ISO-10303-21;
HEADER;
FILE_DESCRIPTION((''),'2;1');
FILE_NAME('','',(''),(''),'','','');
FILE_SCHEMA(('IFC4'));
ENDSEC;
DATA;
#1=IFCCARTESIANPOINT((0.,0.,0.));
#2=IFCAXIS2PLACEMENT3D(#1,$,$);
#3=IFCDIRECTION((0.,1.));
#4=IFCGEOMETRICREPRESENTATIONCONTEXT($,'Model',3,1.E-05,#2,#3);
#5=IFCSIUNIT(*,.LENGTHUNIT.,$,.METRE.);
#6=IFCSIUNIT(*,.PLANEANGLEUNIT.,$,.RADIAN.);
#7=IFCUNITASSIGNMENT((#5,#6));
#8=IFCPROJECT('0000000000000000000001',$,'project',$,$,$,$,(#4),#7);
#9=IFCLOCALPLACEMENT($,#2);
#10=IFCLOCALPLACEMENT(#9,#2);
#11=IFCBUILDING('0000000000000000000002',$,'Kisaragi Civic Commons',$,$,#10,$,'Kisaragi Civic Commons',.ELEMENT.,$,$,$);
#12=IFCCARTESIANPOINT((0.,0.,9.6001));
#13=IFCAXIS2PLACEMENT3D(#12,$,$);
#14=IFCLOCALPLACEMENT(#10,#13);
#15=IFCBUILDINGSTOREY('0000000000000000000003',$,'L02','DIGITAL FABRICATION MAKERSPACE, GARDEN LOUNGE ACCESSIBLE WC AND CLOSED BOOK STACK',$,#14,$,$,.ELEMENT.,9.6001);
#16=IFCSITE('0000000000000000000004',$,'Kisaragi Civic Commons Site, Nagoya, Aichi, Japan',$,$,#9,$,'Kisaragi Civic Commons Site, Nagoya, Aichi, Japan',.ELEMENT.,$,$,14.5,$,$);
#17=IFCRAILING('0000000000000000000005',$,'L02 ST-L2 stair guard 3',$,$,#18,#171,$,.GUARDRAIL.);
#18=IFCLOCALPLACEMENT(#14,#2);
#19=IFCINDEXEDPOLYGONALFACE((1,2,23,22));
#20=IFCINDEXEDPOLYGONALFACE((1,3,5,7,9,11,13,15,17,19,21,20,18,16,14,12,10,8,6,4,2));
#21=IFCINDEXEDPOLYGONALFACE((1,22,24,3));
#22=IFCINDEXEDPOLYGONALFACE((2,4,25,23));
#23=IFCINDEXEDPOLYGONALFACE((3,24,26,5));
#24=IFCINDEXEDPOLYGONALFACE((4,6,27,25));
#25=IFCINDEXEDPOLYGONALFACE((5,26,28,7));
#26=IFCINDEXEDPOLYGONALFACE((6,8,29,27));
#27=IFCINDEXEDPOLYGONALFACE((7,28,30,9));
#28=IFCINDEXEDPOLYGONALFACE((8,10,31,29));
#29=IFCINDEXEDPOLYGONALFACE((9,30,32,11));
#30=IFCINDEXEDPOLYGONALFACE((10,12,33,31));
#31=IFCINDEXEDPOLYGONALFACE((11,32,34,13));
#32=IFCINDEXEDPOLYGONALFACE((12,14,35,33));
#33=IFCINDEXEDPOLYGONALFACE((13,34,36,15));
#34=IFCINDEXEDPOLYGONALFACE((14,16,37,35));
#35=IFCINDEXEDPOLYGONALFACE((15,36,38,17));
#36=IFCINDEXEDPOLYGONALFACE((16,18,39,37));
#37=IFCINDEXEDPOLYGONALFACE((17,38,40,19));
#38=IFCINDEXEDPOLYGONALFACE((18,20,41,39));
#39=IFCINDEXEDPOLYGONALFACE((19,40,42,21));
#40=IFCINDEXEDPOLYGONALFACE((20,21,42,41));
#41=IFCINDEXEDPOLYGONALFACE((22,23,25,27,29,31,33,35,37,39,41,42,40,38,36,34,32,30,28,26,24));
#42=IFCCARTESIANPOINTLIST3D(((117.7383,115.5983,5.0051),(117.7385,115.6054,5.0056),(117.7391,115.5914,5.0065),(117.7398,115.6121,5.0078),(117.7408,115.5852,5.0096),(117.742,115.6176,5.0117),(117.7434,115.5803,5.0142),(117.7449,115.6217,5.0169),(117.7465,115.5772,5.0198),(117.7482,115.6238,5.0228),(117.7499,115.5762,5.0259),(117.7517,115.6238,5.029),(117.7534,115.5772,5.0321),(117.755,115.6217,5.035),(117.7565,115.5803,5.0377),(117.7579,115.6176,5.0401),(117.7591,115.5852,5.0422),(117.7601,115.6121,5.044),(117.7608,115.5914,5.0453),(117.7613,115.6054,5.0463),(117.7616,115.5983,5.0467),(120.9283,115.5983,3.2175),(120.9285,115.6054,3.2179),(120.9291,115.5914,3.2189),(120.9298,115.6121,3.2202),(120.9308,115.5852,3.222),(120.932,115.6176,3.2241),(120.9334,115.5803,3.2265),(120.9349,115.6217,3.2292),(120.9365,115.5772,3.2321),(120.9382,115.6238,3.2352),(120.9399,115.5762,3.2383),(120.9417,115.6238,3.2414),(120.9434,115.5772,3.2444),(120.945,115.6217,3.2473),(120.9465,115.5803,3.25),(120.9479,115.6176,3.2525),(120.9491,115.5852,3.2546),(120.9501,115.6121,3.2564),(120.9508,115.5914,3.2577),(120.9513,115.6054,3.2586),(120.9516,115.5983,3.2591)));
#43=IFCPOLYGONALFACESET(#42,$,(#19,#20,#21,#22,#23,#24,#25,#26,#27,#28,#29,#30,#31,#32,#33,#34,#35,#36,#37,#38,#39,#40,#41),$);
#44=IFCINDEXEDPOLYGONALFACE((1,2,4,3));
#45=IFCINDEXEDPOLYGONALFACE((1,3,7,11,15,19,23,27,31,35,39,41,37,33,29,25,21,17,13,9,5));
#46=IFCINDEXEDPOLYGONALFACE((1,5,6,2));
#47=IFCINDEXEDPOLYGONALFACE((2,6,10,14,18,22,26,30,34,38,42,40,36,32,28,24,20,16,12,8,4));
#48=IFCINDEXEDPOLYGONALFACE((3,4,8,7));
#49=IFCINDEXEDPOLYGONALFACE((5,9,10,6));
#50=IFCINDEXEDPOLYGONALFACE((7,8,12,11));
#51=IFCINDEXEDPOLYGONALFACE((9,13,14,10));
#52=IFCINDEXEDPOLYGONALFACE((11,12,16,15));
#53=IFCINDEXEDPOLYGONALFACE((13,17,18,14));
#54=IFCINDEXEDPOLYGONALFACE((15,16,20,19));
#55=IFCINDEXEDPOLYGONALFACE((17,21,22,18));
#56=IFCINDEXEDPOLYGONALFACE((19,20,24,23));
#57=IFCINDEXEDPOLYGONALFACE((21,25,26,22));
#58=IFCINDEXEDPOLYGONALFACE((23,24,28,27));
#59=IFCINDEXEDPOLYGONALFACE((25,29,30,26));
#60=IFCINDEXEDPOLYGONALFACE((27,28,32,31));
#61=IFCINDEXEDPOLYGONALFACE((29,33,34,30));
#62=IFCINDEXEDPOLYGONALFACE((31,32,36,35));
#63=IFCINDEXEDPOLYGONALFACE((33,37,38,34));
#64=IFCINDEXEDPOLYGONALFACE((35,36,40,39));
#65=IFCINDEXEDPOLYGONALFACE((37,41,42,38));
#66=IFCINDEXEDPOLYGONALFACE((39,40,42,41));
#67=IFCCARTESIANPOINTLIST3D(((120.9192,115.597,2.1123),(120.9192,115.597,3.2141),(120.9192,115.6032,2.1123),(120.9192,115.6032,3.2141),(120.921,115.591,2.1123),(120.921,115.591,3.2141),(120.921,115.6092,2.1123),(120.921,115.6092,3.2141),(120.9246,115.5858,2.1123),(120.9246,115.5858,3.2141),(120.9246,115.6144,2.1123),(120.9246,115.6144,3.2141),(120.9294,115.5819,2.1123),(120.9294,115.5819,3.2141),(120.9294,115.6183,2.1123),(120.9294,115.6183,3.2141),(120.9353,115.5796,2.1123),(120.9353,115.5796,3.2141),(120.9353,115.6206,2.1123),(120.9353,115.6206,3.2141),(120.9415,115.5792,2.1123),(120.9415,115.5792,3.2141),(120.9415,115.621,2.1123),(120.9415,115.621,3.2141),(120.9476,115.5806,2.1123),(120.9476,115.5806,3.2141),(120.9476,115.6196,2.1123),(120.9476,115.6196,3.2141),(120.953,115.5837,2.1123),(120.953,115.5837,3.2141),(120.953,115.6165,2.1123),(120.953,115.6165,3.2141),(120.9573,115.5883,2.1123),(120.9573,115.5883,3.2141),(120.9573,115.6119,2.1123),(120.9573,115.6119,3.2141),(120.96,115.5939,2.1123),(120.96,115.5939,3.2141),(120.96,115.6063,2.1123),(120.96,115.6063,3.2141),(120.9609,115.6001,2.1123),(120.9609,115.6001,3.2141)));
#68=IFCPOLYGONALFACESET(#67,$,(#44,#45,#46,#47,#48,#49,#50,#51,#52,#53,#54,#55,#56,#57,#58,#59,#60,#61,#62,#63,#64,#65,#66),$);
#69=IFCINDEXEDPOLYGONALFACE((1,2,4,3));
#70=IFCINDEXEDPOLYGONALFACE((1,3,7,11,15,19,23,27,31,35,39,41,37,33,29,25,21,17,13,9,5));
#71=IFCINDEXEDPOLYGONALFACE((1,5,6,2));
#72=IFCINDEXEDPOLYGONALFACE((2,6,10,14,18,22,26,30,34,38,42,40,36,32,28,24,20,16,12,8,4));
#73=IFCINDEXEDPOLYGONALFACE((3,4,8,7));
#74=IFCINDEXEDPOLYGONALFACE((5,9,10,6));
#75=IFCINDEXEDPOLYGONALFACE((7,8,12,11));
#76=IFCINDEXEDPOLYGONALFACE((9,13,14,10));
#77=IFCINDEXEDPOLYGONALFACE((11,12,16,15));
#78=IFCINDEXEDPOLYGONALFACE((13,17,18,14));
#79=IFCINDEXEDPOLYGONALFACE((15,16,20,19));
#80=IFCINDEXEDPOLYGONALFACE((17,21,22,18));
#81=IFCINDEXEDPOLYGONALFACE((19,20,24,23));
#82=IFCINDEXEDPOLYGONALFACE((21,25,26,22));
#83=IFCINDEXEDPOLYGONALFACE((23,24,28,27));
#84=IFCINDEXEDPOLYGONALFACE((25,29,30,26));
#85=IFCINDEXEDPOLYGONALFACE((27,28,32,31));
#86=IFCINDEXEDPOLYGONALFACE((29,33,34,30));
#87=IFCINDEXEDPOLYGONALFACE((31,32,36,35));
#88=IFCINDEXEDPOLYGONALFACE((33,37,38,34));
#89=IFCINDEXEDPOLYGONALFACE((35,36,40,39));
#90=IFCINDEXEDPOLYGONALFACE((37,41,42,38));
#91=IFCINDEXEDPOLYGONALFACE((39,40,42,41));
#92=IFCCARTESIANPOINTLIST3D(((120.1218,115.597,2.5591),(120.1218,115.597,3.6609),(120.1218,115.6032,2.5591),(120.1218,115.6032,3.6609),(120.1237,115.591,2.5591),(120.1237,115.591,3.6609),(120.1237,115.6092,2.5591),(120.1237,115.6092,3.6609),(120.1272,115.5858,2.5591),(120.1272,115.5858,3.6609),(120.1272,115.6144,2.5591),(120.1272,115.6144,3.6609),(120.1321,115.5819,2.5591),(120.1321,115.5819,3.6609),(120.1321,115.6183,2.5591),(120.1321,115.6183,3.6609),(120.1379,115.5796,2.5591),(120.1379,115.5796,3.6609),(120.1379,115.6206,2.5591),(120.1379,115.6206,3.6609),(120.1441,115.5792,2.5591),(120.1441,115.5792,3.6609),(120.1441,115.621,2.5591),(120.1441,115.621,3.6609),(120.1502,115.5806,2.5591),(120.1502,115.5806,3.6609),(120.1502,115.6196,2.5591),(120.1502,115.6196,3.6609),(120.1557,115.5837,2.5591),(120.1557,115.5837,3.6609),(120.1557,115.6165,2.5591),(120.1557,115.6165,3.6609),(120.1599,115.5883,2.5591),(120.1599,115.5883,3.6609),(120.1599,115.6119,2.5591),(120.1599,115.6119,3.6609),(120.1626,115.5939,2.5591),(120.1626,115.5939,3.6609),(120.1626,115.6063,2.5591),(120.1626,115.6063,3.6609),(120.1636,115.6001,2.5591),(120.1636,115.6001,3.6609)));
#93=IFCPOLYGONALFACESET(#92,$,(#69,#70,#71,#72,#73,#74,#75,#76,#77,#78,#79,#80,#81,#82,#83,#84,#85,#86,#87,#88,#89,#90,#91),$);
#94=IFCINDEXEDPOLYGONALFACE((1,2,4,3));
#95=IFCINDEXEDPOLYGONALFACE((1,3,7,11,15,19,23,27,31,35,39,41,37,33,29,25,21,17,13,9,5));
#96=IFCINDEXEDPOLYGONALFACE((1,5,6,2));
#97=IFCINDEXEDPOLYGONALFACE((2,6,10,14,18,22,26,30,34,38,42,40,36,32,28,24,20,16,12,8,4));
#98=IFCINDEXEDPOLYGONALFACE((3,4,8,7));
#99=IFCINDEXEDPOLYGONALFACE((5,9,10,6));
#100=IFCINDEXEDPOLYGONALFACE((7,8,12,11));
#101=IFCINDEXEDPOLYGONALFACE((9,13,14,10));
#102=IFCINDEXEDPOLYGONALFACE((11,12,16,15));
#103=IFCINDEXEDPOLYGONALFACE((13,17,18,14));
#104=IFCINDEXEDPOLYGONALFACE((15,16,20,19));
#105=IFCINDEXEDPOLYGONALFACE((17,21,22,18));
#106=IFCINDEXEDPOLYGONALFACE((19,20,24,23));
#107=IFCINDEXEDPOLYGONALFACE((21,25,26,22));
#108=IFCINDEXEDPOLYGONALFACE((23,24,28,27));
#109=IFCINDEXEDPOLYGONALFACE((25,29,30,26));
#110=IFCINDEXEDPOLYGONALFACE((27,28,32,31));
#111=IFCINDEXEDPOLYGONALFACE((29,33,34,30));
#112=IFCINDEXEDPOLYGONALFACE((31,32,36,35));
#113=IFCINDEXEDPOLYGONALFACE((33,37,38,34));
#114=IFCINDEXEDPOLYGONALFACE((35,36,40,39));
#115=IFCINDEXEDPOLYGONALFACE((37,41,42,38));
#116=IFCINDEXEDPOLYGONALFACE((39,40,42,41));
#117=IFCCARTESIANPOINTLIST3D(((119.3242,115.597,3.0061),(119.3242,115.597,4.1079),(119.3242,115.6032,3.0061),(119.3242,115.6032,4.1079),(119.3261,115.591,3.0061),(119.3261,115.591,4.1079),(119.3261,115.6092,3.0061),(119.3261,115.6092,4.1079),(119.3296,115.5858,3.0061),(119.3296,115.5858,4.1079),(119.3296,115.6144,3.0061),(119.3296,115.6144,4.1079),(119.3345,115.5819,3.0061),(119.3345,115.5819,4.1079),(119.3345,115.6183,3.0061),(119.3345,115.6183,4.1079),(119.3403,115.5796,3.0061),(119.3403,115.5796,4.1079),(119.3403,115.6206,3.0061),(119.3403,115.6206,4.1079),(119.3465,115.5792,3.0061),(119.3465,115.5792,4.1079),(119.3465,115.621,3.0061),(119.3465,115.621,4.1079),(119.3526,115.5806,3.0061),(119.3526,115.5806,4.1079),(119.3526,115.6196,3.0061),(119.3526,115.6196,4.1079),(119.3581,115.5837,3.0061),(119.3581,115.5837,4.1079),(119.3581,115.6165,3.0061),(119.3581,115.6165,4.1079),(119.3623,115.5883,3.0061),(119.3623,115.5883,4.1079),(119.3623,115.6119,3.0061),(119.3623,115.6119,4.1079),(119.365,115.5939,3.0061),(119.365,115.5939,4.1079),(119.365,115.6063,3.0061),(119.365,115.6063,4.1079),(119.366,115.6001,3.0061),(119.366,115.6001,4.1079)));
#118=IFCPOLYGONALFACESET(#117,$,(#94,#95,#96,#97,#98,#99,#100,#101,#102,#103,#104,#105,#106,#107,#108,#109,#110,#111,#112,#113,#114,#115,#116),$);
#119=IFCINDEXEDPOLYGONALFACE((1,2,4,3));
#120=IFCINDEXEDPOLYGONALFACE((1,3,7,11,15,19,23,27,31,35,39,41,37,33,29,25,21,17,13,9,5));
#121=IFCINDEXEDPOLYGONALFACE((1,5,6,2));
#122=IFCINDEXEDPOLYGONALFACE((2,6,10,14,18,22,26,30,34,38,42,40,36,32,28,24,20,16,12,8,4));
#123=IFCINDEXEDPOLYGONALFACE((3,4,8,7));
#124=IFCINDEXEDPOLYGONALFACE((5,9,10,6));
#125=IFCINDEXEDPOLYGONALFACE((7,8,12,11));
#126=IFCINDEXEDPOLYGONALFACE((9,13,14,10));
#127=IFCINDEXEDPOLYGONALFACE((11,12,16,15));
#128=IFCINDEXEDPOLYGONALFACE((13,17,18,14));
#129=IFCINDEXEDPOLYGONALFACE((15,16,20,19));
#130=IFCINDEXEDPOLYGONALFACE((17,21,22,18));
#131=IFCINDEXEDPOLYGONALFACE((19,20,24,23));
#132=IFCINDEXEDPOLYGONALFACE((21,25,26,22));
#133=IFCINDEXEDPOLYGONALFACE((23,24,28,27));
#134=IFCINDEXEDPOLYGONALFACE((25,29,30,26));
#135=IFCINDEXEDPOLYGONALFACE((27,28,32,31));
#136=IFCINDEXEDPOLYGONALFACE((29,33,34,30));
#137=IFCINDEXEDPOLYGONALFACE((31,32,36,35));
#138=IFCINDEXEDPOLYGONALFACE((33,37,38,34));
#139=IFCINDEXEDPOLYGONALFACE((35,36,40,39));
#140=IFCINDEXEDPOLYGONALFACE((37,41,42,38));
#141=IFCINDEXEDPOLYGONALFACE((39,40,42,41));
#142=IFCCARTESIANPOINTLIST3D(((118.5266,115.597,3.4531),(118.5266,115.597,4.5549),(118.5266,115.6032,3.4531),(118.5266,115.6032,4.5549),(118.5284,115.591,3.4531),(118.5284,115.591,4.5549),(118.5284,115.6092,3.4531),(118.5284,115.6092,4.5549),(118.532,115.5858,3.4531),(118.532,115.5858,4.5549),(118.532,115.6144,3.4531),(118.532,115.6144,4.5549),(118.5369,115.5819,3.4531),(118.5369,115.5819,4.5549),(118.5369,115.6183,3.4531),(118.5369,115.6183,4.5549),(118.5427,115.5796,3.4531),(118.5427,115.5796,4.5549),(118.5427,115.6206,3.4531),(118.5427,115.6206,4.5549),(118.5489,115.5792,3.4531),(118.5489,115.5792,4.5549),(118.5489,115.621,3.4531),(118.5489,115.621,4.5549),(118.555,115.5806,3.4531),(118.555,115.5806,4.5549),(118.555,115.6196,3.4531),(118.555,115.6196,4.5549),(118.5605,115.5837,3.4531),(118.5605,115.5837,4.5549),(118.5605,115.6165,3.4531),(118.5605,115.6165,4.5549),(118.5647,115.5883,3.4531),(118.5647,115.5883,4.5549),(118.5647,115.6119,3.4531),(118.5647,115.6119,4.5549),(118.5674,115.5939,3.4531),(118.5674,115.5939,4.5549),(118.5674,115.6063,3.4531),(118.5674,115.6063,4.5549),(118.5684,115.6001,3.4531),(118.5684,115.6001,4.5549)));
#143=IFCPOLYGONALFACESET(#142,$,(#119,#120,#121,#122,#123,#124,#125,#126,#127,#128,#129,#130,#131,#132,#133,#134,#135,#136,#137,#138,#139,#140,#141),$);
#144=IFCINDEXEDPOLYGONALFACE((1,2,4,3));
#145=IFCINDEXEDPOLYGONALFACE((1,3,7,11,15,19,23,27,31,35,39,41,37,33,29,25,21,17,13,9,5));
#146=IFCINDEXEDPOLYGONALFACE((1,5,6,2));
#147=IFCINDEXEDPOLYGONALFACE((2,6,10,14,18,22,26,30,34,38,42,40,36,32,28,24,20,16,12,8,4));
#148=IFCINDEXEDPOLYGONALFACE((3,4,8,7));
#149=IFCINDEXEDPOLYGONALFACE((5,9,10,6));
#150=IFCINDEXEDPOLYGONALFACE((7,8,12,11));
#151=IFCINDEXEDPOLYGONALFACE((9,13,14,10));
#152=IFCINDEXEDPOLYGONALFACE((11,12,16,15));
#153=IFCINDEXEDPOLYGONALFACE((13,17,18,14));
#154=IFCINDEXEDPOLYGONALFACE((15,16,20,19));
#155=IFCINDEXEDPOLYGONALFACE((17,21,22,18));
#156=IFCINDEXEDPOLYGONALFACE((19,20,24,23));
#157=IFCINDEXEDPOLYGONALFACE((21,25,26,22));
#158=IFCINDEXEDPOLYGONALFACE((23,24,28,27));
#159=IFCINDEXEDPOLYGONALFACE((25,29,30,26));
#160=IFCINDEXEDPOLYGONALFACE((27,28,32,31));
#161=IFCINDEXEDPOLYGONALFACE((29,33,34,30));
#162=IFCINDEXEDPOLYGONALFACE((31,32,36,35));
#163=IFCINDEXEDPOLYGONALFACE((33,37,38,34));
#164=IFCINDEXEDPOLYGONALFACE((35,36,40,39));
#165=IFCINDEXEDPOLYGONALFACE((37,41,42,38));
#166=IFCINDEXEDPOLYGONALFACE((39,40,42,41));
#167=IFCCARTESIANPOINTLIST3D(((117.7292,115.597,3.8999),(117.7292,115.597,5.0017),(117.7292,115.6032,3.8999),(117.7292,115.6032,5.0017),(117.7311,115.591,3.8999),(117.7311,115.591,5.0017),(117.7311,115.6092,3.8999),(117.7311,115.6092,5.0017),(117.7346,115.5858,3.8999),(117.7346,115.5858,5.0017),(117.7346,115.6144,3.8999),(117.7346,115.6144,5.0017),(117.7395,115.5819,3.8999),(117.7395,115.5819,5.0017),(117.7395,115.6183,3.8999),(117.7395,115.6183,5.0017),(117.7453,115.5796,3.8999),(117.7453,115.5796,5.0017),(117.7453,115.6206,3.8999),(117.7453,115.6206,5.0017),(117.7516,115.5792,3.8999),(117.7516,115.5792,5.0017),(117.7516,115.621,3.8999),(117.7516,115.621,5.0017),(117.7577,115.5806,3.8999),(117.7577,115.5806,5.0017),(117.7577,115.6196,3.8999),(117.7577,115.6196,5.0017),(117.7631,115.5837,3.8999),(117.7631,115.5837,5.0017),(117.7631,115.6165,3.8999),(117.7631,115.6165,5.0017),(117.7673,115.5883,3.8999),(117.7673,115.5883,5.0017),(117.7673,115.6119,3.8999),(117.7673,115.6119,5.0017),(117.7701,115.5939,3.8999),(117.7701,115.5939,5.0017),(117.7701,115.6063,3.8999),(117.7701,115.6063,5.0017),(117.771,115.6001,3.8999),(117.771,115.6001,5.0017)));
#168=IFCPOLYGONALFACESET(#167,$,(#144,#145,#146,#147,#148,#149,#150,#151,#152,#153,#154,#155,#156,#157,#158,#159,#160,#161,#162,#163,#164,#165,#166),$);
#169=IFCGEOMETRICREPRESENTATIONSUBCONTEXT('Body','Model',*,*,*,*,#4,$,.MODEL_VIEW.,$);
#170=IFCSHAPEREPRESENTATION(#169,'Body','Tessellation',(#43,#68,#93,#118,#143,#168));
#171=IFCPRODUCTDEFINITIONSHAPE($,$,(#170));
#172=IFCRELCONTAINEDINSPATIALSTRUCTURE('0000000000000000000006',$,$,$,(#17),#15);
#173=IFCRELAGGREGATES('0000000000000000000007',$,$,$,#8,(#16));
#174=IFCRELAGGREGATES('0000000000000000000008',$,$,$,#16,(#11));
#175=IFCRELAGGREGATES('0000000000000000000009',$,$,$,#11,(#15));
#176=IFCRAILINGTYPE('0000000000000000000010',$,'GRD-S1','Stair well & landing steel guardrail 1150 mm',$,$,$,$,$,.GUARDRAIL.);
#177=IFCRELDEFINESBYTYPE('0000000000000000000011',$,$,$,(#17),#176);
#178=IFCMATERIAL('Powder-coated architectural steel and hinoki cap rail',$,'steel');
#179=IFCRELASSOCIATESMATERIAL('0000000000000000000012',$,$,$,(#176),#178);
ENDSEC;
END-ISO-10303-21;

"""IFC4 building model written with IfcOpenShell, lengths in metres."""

from ifc_helpers import new_model, si_unit, direction, frame, origin, origin_2d, place, context, subcontext, project, spatial, circle, extrude, material, type_object, element, save


model = new_model("IFC4")

# Units and contexts
model_context = context("Model", 3, precision=1e-05, world=origin(), true_north=direction((0.0, 1.0)))
body_context = subcontext(model_context, "Body", "Model", "MODEL_VIEW")
ifc_project = project(units=[si_unit("LENGTHUNIT", "METRE"), si_unit("PLANEANGLEUNIT", "RADIAN")], contexts=[model_context])

# Site, building, storey
site_placement = place(None, origin())
site = spatial("IfcSite", under=ifc_project, at=site_placement, Name="Kisaragi Civic Commons Site, Nagoya, Aichi, Japan", LongName="Kisaragi Civic Commons Site, Nagoya, Aichi, Japan", CompositionType="ELEMENT", RefElevation=14.5)
building_placement = place(site_placement, origin())
building = spatial("IfcBuilding", under=site, at=building_placement, Name="Kisaragi Civic Commons", LongName="Kisaragi Civic Commons", CompositionType="ELEMENT")
storey_placement = place(building_placement, frame((0.0, 0.0, 9.6001)))
storey = spatial("IfcBuildingStorey", under=building, at=storey_placement, Name="L02", Description="DIGITAL FABRICATION MAKERSPACE, GARDEN LOUNGE ACCESSIBLE WC AND CLOSED BOOK STACK", CompositionType="ELEMENT", Elevation=9.6001)

# Railing
ifc_material_1 = material(Name="Powder-coated architectural steel and hinoki cap rail", Category="steel")
railing_type_1 = type_object("IfcRailingType", Name="GRD-S1", Description="Stair well & landing steel guardrail 1150 mm", PredefinedType="GUARDRAIL", material=ifc_material_1)
railing_1_placement = place(storey_placement, frame((120.9399, 115.6001, 2.1123)))
element("IfcRailing", 1, at=railing_1_placement, inside=storey, type_object=railing_type_1, Name="L02 ST-L2 stair guard 3", PredefinedType="GUARDRAIL", context=body_context, shape_type="SweptSolid", body=[
    extrude(circle(Radius=0.0239, at=origin_2d()), frame((0.0, 0.0, 1.126), z_axis=(-0.872363, 0.0, 0.48886), x_axis=(0.0, -1.0, 0.0)), (0.0, 0.0, 1.0), 3.6567),
    extrude(circle(Radius=0.021, at=origin_2d()), origin(), (0.0, 0.0, 1.0), 1.1018),
    extrude(circle(Radius=0.021, at=origin_2d()), frame((-0.7974, 0.0, 0.4468)), (0.0, 0.0, 1.0), 1.1018),
    extrude(circle(Radius=0.021, at=origin_2d()), frame((-1.595, 0.0, 0.8938)), (0.0, 0.0, 1.0), 1.1018),
    extrude(circle(Radius=0.021, at=origin_2d()), frame((-2.3926, 0.0, 1.3408)), (0.0, 0.0, 1.0), 1.1018),
    extrude(circle(Radius=0.021, at=origin_2d()), frame((-3.1899, 0.0, 1.7876)), (0.0, 0.0, 1.0), 1.1018),
])

save(model, "model.ifc")
